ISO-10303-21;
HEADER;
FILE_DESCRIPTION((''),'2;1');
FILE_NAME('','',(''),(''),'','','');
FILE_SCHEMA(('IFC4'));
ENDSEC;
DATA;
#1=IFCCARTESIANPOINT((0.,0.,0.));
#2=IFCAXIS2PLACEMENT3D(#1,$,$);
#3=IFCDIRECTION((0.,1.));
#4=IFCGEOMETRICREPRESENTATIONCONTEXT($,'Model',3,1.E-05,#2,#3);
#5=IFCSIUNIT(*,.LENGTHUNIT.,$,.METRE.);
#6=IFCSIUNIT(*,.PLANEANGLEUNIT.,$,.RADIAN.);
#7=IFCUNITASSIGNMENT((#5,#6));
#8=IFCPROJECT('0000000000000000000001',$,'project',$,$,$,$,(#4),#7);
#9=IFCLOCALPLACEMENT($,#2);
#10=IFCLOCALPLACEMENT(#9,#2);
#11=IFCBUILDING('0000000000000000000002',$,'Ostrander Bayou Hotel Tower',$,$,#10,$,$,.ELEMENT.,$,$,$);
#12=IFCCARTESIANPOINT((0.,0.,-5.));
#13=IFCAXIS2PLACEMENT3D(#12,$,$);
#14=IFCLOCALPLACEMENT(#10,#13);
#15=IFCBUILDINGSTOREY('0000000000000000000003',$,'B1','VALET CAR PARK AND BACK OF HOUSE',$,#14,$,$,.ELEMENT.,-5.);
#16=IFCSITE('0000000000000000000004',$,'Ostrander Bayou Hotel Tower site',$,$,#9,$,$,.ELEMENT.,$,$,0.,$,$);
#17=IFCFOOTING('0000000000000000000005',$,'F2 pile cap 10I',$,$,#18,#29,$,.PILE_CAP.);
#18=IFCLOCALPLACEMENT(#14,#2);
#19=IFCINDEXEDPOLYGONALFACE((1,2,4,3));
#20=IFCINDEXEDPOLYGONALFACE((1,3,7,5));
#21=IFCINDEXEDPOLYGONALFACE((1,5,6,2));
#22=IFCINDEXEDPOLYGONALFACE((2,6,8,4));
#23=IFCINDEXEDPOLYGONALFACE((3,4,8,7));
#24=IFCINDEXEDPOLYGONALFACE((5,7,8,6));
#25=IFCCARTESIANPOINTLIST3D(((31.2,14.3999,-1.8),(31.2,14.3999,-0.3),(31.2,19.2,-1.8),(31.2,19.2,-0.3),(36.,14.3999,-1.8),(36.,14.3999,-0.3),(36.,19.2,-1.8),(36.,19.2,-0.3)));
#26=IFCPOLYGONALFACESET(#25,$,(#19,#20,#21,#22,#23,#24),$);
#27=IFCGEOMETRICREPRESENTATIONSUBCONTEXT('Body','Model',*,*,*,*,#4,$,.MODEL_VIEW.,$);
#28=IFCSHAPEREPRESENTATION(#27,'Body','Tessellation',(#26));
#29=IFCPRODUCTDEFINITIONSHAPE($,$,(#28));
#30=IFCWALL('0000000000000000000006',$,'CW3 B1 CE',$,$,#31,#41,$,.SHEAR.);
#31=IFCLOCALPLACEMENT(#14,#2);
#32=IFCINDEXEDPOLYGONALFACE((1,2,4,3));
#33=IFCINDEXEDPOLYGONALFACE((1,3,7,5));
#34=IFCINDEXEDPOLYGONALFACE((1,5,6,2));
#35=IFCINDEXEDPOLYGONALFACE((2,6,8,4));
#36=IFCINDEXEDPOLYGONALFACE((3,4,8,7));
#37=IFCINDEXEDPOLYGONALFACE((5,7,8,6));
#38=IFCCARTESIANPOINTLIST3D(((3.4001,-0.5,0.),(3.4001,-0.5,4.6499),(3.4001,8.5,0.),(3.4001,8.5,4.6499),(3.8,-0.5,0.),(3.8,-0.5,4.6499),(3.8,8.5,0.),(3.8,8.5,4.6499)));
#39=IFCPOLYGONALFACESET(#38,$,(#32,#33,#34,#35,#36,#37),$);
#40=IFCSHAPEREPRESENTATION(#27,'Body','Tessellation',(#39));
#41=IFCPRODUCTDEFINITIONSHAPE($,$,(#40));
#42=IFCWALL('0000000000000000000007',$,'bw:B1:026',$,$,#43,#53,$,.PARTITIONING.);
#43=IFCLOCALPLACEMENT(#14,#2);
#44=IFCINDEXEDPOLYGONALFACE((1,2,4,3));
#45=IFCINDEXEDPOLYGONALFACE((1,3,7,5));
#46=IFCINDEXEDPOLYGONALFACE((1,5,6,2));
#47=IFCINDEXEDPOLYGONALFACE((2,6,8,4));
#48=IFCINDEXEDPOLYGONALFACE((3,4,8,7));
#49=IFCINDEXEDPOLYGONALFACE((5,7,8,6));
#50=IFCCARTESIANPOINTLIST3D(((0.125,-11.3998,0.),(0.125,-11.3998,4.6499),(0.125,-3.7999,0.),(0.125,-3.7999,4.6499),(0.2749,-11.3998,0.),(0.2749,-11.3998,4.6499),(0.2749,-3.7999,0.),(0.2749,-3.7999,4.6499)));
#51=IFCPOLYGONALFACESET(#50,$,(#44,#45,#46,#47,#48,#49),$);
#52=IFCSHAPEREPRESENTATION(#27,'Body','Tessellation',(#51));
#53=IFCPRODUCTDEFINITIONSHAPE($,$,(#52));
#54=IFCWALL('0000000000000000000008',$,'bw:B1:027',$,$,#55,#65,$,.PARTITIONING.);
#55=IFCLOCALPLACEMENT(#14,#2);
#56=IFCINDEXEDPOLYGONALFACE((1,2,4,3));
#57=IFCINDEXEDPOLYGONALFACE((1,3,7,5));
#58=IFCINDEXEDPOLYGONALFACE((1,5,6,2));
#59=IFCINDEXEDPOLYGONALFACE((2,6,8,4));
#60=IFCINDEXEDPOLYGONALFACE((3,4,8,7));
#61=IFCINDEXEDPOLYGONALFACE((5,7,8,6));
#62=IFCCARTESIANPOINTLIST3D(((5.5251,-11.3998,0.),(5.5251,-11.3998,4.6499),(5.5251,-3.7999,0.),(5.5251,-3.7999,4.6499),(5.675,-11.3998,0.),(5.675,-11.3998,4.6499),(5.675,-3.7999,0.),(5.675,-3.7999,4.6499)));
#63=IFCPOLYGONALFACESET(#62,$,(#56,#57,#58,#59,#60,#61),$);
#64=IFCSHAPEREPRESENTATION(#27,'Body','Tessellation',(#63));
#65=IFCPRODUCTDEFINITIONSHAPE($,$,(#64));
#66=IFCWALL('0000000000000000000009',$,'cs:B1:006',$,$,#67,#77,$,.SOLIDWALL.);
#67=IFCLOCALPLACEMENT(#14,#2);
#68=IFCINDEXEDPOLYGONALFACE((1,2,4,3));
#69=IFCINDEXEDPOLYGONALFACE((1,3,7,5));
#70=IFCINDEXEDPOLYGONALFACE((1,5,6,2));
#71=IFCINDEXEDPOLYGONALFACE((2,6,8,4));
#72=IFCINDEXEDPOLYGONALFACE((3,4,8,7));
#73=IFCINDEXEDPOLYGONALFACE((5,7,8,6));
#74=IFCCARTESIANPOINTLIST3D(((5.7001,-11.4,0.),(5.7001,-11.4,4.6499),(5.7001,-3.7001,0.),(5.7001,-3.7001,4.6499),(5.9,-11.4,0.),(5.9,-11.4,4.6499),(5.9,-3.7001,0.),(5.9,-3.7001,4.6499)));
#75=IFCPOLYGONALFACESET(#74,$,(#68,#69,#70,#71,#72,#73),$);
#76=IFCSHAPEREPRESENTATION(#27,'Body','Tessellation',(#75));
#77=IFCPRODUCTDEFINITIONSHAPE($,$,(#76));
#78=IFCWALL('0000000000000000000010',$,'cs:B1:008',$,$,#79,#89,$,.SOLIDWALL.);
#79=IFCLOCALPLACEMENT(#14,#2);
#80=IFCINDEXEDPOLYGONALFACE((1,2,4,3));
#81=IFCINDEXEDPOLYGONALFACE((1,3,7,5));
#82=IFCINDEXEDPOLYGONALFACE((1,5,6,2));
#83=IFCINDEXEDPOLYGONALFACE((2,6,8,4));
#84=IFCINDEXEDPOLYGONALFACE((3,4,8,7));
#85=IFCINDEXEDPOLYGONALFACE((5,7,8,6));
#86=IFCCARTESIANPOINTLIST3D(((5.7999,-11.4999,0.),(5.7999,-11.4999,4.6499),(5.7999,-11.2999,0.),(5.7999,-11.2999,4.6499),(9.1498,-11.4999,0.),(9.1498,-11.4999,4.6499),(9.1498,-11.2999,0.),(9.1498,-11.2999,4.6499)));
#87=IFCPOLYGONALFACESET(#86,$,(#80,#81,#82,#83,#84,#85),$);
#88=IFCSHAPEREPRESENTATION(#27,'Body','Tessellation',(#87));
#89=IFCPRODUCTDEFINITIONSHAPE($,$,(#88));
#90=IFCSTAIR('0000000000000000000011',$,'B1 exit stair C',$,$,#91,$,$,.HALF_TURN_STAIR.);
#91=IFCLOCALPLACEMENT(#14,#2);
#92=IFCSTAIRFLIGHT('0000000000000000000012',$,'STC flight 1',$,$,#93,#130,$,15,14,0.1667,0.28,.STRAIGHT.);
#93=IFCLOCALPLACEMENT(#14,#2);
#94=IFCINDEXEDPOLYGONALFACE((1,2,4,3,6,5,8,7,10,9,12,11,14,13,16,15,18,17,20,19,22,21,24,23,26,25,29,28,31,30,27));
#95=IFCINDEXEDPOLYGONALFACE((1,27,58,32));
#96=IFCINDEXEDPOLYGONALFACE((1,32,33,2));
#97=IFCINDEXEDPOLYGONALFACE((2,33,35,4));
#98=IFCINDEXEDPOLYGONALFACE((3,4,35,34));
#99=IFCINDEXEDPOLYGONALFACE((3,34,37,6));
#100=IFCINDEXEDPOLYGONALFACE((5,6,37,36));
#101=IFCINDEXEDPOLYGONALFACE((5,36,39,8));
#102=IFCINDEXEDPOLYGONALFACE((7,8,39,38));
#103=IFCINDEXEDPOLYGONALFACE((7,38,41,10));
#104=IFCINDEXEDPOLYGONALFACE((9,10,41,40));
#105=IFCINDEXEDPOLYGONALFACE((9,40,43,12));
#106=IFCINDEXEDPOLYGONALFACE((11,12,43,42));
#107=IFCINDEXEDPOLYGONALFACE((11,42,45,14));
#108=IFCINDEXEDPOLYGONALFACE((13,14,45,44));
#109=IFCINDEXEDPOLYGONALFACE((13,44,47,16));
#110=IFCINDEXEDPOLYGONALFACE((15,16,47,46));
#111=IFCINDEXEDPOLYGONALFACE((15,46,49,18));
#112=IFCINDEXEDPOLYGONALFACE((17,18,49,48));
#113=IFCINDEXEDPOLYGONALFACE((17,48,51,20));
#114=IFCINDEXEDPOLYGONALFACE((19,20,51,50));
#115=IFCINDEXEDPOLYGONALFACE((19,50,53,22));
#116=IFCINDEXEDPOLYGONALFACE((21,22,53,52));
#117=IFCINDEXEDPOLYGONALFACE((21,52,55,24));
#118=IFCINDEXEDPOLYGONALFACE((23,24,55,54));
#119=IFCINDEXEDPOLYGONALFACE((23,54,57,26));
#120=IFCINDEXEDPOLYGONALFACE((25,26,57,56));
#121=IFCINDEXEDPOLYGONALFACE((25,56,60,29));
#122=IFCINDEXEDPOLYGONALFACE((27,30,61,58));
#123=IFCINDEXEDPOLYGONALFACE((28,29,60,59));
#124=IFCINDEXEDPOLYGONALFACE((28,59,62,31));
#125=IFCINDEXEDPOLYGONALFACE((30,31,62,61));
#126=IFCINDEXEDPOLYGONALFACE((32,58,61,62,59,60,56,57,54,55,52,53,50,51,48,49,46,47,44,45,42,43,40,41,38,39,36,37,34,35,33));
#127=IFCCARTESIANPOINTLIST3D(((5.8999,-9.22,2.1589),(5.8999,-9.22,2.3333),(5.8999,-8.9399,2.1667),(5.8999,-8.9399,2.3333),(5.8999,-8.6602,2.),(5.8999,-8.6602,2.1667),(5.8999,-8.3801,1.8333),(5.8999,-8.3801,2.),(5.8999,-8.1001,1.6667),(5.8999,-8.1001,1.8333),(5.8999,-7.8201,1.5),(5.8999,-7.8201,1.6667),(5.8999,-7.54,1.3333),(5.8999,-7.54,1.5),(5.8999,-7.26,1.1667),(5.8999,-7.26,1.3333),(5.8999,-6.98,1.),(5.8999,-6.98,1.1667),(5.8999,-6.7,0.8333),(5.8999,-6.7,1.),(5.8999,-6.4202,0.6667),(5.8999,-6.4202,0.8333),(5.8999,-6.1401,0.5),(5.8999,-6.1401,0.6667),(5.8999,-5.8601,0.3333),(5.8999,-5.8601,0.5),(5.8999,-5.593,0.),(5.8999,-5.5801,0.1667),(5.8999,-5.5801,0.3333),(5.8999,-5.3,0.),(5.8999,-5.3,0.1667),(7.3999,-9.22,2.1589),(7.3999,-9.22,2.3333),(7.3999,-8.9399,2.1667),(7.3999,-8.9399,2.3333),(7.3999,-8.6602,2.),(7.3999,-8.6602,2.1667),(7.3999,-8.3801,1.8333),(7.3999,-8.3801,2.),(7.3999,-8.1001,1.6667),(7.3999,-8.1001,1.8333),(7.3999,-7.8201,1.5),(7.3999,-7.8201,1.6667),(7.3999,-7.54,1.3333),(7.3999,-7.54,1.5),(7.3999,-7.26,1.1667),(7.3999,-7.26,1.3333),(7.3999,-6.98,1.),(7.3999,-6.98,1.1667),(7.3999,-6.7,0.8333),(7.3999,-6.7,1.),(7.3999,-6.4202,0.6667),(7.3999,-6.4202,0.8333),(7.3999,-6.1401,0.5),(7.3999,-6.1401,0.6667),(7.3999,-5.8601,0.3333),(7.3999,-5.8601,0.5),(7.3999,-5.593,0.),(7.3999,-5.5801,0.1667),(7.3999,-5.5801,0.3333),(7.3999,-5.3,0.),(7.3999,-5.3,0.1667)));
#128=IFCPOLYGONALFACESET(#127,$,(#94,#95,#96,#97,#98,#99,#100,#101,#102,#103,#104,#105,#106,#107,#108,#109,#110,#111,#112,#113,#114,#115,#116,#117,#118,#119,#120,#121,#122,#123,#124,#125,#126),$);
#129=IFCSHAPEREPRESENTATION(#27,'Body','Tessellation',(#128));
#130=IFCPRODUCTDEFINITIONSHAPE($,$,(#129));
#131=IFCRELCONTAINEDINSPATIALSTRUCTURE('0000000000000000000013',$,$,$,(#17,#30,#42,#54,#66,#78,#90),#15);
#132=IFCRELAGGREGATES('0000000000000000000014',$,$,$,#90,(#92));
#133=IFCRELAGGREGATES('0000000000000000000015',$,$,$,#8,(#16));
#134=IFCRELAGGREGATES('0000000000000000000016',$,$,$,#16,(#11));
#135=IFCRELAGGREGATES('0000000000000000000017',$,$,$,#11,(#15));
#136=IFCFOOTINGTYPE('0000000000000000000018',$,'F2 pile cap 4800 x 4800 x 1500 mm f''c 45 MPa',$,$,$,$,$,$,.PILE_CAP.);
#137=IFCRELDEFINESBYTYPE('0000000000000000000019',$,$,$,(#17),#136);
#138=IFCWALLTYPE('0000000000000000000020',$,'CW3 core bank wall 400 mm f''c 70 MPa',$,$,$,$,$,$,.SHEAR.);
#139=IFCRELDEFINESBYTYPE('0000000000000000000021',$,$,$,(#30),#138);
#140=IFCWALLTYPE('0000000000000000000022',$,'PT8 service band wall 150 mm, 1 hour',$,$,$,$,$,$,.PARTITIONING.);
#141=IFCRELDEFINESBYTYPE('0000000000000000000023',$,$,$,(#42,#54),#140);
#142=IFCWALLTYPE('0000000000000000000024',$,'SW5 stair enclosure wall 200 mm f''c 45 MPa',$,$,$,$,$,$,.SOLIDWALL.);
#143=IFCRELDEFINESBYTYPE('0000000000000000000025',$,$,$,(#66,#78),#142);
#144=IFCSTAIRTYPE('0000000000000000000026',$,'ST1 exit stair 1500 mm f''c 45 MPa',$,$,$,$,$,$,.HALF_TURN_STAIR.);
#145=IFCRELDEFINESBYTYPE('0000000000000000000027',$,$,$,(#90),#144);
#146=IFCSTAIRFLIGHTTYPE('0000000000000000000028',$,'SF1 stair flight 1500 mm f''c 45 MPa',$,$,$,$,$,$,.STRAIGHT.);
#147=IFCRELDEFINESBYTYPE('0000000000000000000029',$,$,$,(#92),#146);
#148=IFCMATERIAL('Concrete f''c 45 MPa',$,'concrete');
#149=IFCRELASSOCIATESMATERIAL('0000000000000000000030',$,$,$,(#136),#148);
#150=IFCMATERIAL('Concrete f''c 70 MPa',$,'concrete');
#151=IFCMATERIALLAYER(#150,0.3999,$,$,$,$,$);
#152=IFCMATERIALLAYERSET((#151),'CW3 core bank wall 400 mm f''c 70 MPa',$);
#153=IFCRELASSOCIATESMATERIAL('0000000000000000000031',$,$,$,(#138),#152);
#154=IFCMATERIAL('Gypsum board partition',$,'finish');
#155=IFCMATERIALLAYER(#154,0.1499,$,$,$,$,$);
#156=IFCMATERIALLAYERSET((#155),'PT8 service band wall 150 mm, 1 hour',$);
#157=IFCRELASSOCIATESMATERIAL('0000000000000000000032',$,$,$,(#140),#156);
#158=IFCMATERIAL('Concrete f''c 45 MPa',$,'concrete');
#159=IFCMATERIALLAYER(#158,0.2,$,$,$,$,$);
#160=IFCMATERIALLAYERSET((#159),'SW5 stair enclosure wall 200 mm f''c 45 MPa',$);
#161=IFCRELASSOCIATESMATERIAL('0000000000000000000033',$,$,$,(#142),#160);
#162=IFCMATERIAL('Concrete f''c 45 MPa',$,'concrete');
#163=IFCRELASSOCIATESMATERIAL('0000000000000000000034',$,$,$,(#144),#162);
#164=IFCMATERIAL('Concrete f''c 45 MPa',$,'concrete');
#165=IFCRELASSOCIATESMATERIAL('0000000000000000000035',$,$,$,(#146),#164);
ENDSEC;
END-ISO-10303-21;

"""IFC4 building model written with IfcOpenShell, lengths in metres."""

from ifc_helpers import new_model, si_unit, direction, frame, frame_2d, origin, place, context, subcontext, project, spatial, polyline, rectangle, outline, extrude, material, layer, layer_set, type_object, element, aggregate, save


model = new_model("IFC4")

# Units and contexts
model_context = context("Model", 3, precision=1e-05, world=origin(), true_north=direction((0.0, 1.0)))
body_context = subcontext(model_context, "Body", "Model", "MODEL_VIEW")
ifc_project = project(units=[si_unit("LENGTHUNIT", "METRE"), si_unit("PLANEANGLEUNIT", "RADIAN")], contexts=[model_context])

# Site, building, storey
site_placement = place(None, origin())
site = spatial("IfcSite", under=ifc_project, at=site_placement, Name="Ostrander Bayou Hotel Tower site", CompositionType="ELEMENT", RefElevation=0.0)
building_placement = place(site_placement, origin())
building = spatial("IfcBuilding", under=site, at=building_placement, Name="Ostrander Bayou Hotel Tower", CompositionType="ELEMENT")
storey_placement = place(building_placement, frame((0.0, 0.0, -5.0)))
storey = spatial("IfcBuildingStorey", under=building, at=storey_placement, Name="B1", Description="VALET CAR PARK AND BACK OF HOUSE", CompositionType="ELEMENT", Elevation=-5.0)

# Footing
ifc_material_1 = material(Name="Concrete f'c 45 MPa", Category="concrete")
footing_type = type_object("IfcFootingType", Name="F2 pile cap 4800 x 4800 x 1500 mm f'c 45 MPa", PredefinedType="PILE_CAP", material=ifc_material_1)
footing_1_placement = place(storey_placement, frame((0.0, 0.0, -1.8)))
element("IfcFooting", 1, at=footing_1_placement, inside=storey, type_object=footing_type, Name="F2 pile cap 10I", PredefinedType="PILE_CAP", context=body_context, shape_type="SweptSolid", body=[
    extrude(outline(polyline([(36.0, 14.3999), (36.0, 19.2), (31.2, 19.2), (31.2, 14.3999), (36.0, 14.3999)])), origin(), (0.0, 0.0, 1.0), 1.5),
])

# Walls
ifc_material_2 = material(Name="Concrete f'c 70 MPa", Category="concrete")
ifc_layer_1 = layer(ifc_material_2, 0.3999)
ifc_layer_set_1 = layer_set([ifc_layer_1], Name="CW3 core bank wall 400 mm f'c 70 MPa")
wall_type_1 = type_object("IfcWallType", Name="CW3 core bank wall 400 mm f'c 70 MPa", PredefinedType="SHEAR", material=ifc_layer_set_1)
wall_1_placement = place(storey_placement, frame((3.6001, -0.5, 0.0), z_axis=(0.0, 0.0, 1.0), x_axis=(0.0, 1.0, 0.0)))
element("IfcWall", 2, at=wall_1_placement, inside=storey, type_object=wall_type_1, Name="CW3 B1 CE", PredefinedType="SHEAR", context=body_context, shape_type="SweptSolid", body=[
    extrude(rectangle(XDim=9.0, YDim=0.3999, at=frame_2d((4.5, 0.0))), origin(), (0.0, 0.0, 1.0), 4.6499),
])
ifc_material_3 = material(Name="Gypsum board partition", Category="finish")
ifc_layer_2 = layer(ifc_material_3, 0.1499)
ifc_layer_set_2 = layer_set([ifc_layer_2], Name="PT8 service band wall 150 mm, 1 hour")
wall_type_2 = type_object("IfcWallType", Name="PT8 service band wall 150 mm, 1 hour", PredefinedType="PARTITIONING", material=ifc_layer_set_2)
for number, where, z_axis, x_axis, name in (
    (3, (0.2, -3.8, 0.0), (0.0, 0.0, 1.0), (0.0, -1.0, 0.0), "bw:B1:026"),
    (4, (5.6001, -3.8, 0.0), (0.0, 0.0, 1.0), (0.0, -1.0, 0.0), "bw:B1:027"),
):
    element("IfcWall", number, at=place(storey_placement, frame(where, z_axis=z_axis, x_axis=x_axis)), inside=storey, type_object=wall_type_2, Name=name, PredefinedType="PARTITIONING", context=body_context, shape_type="SweptSolid", body=[
        extrude(rectangle(XDim=7.5999, YDim=0.1499, at=frame_2d((3.7998, 0.0))), origin(), (0.0, 0.0, 1.0), 4.6499),
    ])

# Shared definitions
ifc_material_4 = material(Name="Concrete f'c 45 MPa", Category="concrete")
ifc_layer_3 = layer(ifc_material_4, 0.2)
ifc_layer_set_3 = layer_set([ifc_layer_3], Name="SW5 stair enclosure wall 200 mm f'c 45 MPa")
wall_type_3 = type_object("IfcWallType", Name="SW5 stair enclosure wall 200 mm f'c 45 MPa", PredefinedType="SOLIDWALL", material=ifc_layer_set_3)

# Walls
wall_2_placement = place(storey_placement, frame((5.8, -3.7, 0.0), z_axis=(0.0, 0.0, 1.0), x_axis=(0.0, -1.0, 0.0)))
element("IfcWall", 5, at=wall_2_placement, inside=storey, type_object=wall_type_3, Name="cs:B1:006", PredefinedType="SOLIDWALL", context=body_context, shape_type="SweptSolid", body=[
    extrude(rectangle(XDim=7.7, YDim=0.2, at=frame_2d((3.8501, 0.0))), origin(), (0.0, 0.0, 1.0), 4.6499),
])
wall_3_placement = place(storey_placement, frame((5.8, -11.3999, 0.0), z_axis=(0.0, 0.0, 1.0), x_axis=(1.0, 0.0, 0.0)))
element("IfcWall", 6, at=wall_3_placement, inside=storey, type_object=wall_type_3, Name="cs:B1:008", PredefinedType="SOLIDWALL", context=body_context, shape_type="SweptSolid", body=[
    extrude(rectangle(XDim=3.3499, YDim=0.2, at=frame_2d((1.6748, 0.0))), origin(), (0.0, 0.0, 1.0), 4.6499),
])

# Stair, stair flight
ifc_material_5 = material(Name="Concrete f'c 45 MPa", Category="concrete")
stair_type = type_object("IfcStairType", Name="ST1 exit stair 1500 mm f'c 45 MPa", PredefinedType="HALF_TURN_STAIR", material=ifc_material_5)
stair_placement = place(storey_placement, origin())
stair = element("IfcStair", 7, at=stair_placement, inside=storey, type_object=stair_type, Name="B1 exit stair C", PredefinedType="HALF_TURN_STAIR")
ifc_material_6 = material(Name="Concrete f'c 45 MPa", Category="concrete")
stair_flight_type = type_object("IfcStairFlightType", Name="SF1 stair flight 1500 mm f'c 45 MPa", PredefinedType="STRAIGHT", material=ifc_material_6)
stair_flight_placement = place(storey_placement, frame((6.6499, -5.3, 0.0), z_axis=(0.0, 0.0, 1.0), x_axis=(0.0, -1.0, 0.0)))
stair_flight = element("IfcStairFlight", 8, at=stair_flight_placement, type_object=stair_flight_type, Name="STC flight 1", NumberOfRisers=15, NumberOfTreads=14, PredefinedType="STRAIGHT", RiserHeight=0.1667, TreadLength=0.28, context=body_context, shape_type="SweptSolid", body=[
    extrude(outline(polyline([(0.0, 0.0), (0.0, 0.1667), (0.28, 0.1667), (0.28, 0.3333), (0.5601, 0.3333), (0.5601, 0.5), (0.8401, 0.5), (0.8401, 0.6667), (1.1201, 0.6667), (1.1201, 0.8333), (1.3999, 0.8333), (1.3999, 1.0), (1.6799, 1.0), (1.6799, 1.1667), (1.96, 1.1667), (1.96, 1.3333), (2.24, 1.3333), (2.24, 1.5), (2.52, 1.5), (2.52, 1.6667), (2.8, 1.6667), (2.8, 1.8333), (3.0801, 1.8333), (3.0801, 2.0), (3.3601, 2.0), (3.3601, 2.1667), (3.6399, 2.1667), (3.6399, 2.3333), (3.9199, 2.3333), (3.9199, 2.5), (3.9199, 2.1589), (0.293, 0.0), (0.0, 0.0)])), frame((0.0, 0.75, 0.0), z_axis=(0.0, -1.0, 0.0), x_axis=(1.0, 0.0, 0.0)), (0.0, 0.0, 1.0), 1.5),
])
aggregate(stair, [stair_flight])

save(model, "model.ifc")
